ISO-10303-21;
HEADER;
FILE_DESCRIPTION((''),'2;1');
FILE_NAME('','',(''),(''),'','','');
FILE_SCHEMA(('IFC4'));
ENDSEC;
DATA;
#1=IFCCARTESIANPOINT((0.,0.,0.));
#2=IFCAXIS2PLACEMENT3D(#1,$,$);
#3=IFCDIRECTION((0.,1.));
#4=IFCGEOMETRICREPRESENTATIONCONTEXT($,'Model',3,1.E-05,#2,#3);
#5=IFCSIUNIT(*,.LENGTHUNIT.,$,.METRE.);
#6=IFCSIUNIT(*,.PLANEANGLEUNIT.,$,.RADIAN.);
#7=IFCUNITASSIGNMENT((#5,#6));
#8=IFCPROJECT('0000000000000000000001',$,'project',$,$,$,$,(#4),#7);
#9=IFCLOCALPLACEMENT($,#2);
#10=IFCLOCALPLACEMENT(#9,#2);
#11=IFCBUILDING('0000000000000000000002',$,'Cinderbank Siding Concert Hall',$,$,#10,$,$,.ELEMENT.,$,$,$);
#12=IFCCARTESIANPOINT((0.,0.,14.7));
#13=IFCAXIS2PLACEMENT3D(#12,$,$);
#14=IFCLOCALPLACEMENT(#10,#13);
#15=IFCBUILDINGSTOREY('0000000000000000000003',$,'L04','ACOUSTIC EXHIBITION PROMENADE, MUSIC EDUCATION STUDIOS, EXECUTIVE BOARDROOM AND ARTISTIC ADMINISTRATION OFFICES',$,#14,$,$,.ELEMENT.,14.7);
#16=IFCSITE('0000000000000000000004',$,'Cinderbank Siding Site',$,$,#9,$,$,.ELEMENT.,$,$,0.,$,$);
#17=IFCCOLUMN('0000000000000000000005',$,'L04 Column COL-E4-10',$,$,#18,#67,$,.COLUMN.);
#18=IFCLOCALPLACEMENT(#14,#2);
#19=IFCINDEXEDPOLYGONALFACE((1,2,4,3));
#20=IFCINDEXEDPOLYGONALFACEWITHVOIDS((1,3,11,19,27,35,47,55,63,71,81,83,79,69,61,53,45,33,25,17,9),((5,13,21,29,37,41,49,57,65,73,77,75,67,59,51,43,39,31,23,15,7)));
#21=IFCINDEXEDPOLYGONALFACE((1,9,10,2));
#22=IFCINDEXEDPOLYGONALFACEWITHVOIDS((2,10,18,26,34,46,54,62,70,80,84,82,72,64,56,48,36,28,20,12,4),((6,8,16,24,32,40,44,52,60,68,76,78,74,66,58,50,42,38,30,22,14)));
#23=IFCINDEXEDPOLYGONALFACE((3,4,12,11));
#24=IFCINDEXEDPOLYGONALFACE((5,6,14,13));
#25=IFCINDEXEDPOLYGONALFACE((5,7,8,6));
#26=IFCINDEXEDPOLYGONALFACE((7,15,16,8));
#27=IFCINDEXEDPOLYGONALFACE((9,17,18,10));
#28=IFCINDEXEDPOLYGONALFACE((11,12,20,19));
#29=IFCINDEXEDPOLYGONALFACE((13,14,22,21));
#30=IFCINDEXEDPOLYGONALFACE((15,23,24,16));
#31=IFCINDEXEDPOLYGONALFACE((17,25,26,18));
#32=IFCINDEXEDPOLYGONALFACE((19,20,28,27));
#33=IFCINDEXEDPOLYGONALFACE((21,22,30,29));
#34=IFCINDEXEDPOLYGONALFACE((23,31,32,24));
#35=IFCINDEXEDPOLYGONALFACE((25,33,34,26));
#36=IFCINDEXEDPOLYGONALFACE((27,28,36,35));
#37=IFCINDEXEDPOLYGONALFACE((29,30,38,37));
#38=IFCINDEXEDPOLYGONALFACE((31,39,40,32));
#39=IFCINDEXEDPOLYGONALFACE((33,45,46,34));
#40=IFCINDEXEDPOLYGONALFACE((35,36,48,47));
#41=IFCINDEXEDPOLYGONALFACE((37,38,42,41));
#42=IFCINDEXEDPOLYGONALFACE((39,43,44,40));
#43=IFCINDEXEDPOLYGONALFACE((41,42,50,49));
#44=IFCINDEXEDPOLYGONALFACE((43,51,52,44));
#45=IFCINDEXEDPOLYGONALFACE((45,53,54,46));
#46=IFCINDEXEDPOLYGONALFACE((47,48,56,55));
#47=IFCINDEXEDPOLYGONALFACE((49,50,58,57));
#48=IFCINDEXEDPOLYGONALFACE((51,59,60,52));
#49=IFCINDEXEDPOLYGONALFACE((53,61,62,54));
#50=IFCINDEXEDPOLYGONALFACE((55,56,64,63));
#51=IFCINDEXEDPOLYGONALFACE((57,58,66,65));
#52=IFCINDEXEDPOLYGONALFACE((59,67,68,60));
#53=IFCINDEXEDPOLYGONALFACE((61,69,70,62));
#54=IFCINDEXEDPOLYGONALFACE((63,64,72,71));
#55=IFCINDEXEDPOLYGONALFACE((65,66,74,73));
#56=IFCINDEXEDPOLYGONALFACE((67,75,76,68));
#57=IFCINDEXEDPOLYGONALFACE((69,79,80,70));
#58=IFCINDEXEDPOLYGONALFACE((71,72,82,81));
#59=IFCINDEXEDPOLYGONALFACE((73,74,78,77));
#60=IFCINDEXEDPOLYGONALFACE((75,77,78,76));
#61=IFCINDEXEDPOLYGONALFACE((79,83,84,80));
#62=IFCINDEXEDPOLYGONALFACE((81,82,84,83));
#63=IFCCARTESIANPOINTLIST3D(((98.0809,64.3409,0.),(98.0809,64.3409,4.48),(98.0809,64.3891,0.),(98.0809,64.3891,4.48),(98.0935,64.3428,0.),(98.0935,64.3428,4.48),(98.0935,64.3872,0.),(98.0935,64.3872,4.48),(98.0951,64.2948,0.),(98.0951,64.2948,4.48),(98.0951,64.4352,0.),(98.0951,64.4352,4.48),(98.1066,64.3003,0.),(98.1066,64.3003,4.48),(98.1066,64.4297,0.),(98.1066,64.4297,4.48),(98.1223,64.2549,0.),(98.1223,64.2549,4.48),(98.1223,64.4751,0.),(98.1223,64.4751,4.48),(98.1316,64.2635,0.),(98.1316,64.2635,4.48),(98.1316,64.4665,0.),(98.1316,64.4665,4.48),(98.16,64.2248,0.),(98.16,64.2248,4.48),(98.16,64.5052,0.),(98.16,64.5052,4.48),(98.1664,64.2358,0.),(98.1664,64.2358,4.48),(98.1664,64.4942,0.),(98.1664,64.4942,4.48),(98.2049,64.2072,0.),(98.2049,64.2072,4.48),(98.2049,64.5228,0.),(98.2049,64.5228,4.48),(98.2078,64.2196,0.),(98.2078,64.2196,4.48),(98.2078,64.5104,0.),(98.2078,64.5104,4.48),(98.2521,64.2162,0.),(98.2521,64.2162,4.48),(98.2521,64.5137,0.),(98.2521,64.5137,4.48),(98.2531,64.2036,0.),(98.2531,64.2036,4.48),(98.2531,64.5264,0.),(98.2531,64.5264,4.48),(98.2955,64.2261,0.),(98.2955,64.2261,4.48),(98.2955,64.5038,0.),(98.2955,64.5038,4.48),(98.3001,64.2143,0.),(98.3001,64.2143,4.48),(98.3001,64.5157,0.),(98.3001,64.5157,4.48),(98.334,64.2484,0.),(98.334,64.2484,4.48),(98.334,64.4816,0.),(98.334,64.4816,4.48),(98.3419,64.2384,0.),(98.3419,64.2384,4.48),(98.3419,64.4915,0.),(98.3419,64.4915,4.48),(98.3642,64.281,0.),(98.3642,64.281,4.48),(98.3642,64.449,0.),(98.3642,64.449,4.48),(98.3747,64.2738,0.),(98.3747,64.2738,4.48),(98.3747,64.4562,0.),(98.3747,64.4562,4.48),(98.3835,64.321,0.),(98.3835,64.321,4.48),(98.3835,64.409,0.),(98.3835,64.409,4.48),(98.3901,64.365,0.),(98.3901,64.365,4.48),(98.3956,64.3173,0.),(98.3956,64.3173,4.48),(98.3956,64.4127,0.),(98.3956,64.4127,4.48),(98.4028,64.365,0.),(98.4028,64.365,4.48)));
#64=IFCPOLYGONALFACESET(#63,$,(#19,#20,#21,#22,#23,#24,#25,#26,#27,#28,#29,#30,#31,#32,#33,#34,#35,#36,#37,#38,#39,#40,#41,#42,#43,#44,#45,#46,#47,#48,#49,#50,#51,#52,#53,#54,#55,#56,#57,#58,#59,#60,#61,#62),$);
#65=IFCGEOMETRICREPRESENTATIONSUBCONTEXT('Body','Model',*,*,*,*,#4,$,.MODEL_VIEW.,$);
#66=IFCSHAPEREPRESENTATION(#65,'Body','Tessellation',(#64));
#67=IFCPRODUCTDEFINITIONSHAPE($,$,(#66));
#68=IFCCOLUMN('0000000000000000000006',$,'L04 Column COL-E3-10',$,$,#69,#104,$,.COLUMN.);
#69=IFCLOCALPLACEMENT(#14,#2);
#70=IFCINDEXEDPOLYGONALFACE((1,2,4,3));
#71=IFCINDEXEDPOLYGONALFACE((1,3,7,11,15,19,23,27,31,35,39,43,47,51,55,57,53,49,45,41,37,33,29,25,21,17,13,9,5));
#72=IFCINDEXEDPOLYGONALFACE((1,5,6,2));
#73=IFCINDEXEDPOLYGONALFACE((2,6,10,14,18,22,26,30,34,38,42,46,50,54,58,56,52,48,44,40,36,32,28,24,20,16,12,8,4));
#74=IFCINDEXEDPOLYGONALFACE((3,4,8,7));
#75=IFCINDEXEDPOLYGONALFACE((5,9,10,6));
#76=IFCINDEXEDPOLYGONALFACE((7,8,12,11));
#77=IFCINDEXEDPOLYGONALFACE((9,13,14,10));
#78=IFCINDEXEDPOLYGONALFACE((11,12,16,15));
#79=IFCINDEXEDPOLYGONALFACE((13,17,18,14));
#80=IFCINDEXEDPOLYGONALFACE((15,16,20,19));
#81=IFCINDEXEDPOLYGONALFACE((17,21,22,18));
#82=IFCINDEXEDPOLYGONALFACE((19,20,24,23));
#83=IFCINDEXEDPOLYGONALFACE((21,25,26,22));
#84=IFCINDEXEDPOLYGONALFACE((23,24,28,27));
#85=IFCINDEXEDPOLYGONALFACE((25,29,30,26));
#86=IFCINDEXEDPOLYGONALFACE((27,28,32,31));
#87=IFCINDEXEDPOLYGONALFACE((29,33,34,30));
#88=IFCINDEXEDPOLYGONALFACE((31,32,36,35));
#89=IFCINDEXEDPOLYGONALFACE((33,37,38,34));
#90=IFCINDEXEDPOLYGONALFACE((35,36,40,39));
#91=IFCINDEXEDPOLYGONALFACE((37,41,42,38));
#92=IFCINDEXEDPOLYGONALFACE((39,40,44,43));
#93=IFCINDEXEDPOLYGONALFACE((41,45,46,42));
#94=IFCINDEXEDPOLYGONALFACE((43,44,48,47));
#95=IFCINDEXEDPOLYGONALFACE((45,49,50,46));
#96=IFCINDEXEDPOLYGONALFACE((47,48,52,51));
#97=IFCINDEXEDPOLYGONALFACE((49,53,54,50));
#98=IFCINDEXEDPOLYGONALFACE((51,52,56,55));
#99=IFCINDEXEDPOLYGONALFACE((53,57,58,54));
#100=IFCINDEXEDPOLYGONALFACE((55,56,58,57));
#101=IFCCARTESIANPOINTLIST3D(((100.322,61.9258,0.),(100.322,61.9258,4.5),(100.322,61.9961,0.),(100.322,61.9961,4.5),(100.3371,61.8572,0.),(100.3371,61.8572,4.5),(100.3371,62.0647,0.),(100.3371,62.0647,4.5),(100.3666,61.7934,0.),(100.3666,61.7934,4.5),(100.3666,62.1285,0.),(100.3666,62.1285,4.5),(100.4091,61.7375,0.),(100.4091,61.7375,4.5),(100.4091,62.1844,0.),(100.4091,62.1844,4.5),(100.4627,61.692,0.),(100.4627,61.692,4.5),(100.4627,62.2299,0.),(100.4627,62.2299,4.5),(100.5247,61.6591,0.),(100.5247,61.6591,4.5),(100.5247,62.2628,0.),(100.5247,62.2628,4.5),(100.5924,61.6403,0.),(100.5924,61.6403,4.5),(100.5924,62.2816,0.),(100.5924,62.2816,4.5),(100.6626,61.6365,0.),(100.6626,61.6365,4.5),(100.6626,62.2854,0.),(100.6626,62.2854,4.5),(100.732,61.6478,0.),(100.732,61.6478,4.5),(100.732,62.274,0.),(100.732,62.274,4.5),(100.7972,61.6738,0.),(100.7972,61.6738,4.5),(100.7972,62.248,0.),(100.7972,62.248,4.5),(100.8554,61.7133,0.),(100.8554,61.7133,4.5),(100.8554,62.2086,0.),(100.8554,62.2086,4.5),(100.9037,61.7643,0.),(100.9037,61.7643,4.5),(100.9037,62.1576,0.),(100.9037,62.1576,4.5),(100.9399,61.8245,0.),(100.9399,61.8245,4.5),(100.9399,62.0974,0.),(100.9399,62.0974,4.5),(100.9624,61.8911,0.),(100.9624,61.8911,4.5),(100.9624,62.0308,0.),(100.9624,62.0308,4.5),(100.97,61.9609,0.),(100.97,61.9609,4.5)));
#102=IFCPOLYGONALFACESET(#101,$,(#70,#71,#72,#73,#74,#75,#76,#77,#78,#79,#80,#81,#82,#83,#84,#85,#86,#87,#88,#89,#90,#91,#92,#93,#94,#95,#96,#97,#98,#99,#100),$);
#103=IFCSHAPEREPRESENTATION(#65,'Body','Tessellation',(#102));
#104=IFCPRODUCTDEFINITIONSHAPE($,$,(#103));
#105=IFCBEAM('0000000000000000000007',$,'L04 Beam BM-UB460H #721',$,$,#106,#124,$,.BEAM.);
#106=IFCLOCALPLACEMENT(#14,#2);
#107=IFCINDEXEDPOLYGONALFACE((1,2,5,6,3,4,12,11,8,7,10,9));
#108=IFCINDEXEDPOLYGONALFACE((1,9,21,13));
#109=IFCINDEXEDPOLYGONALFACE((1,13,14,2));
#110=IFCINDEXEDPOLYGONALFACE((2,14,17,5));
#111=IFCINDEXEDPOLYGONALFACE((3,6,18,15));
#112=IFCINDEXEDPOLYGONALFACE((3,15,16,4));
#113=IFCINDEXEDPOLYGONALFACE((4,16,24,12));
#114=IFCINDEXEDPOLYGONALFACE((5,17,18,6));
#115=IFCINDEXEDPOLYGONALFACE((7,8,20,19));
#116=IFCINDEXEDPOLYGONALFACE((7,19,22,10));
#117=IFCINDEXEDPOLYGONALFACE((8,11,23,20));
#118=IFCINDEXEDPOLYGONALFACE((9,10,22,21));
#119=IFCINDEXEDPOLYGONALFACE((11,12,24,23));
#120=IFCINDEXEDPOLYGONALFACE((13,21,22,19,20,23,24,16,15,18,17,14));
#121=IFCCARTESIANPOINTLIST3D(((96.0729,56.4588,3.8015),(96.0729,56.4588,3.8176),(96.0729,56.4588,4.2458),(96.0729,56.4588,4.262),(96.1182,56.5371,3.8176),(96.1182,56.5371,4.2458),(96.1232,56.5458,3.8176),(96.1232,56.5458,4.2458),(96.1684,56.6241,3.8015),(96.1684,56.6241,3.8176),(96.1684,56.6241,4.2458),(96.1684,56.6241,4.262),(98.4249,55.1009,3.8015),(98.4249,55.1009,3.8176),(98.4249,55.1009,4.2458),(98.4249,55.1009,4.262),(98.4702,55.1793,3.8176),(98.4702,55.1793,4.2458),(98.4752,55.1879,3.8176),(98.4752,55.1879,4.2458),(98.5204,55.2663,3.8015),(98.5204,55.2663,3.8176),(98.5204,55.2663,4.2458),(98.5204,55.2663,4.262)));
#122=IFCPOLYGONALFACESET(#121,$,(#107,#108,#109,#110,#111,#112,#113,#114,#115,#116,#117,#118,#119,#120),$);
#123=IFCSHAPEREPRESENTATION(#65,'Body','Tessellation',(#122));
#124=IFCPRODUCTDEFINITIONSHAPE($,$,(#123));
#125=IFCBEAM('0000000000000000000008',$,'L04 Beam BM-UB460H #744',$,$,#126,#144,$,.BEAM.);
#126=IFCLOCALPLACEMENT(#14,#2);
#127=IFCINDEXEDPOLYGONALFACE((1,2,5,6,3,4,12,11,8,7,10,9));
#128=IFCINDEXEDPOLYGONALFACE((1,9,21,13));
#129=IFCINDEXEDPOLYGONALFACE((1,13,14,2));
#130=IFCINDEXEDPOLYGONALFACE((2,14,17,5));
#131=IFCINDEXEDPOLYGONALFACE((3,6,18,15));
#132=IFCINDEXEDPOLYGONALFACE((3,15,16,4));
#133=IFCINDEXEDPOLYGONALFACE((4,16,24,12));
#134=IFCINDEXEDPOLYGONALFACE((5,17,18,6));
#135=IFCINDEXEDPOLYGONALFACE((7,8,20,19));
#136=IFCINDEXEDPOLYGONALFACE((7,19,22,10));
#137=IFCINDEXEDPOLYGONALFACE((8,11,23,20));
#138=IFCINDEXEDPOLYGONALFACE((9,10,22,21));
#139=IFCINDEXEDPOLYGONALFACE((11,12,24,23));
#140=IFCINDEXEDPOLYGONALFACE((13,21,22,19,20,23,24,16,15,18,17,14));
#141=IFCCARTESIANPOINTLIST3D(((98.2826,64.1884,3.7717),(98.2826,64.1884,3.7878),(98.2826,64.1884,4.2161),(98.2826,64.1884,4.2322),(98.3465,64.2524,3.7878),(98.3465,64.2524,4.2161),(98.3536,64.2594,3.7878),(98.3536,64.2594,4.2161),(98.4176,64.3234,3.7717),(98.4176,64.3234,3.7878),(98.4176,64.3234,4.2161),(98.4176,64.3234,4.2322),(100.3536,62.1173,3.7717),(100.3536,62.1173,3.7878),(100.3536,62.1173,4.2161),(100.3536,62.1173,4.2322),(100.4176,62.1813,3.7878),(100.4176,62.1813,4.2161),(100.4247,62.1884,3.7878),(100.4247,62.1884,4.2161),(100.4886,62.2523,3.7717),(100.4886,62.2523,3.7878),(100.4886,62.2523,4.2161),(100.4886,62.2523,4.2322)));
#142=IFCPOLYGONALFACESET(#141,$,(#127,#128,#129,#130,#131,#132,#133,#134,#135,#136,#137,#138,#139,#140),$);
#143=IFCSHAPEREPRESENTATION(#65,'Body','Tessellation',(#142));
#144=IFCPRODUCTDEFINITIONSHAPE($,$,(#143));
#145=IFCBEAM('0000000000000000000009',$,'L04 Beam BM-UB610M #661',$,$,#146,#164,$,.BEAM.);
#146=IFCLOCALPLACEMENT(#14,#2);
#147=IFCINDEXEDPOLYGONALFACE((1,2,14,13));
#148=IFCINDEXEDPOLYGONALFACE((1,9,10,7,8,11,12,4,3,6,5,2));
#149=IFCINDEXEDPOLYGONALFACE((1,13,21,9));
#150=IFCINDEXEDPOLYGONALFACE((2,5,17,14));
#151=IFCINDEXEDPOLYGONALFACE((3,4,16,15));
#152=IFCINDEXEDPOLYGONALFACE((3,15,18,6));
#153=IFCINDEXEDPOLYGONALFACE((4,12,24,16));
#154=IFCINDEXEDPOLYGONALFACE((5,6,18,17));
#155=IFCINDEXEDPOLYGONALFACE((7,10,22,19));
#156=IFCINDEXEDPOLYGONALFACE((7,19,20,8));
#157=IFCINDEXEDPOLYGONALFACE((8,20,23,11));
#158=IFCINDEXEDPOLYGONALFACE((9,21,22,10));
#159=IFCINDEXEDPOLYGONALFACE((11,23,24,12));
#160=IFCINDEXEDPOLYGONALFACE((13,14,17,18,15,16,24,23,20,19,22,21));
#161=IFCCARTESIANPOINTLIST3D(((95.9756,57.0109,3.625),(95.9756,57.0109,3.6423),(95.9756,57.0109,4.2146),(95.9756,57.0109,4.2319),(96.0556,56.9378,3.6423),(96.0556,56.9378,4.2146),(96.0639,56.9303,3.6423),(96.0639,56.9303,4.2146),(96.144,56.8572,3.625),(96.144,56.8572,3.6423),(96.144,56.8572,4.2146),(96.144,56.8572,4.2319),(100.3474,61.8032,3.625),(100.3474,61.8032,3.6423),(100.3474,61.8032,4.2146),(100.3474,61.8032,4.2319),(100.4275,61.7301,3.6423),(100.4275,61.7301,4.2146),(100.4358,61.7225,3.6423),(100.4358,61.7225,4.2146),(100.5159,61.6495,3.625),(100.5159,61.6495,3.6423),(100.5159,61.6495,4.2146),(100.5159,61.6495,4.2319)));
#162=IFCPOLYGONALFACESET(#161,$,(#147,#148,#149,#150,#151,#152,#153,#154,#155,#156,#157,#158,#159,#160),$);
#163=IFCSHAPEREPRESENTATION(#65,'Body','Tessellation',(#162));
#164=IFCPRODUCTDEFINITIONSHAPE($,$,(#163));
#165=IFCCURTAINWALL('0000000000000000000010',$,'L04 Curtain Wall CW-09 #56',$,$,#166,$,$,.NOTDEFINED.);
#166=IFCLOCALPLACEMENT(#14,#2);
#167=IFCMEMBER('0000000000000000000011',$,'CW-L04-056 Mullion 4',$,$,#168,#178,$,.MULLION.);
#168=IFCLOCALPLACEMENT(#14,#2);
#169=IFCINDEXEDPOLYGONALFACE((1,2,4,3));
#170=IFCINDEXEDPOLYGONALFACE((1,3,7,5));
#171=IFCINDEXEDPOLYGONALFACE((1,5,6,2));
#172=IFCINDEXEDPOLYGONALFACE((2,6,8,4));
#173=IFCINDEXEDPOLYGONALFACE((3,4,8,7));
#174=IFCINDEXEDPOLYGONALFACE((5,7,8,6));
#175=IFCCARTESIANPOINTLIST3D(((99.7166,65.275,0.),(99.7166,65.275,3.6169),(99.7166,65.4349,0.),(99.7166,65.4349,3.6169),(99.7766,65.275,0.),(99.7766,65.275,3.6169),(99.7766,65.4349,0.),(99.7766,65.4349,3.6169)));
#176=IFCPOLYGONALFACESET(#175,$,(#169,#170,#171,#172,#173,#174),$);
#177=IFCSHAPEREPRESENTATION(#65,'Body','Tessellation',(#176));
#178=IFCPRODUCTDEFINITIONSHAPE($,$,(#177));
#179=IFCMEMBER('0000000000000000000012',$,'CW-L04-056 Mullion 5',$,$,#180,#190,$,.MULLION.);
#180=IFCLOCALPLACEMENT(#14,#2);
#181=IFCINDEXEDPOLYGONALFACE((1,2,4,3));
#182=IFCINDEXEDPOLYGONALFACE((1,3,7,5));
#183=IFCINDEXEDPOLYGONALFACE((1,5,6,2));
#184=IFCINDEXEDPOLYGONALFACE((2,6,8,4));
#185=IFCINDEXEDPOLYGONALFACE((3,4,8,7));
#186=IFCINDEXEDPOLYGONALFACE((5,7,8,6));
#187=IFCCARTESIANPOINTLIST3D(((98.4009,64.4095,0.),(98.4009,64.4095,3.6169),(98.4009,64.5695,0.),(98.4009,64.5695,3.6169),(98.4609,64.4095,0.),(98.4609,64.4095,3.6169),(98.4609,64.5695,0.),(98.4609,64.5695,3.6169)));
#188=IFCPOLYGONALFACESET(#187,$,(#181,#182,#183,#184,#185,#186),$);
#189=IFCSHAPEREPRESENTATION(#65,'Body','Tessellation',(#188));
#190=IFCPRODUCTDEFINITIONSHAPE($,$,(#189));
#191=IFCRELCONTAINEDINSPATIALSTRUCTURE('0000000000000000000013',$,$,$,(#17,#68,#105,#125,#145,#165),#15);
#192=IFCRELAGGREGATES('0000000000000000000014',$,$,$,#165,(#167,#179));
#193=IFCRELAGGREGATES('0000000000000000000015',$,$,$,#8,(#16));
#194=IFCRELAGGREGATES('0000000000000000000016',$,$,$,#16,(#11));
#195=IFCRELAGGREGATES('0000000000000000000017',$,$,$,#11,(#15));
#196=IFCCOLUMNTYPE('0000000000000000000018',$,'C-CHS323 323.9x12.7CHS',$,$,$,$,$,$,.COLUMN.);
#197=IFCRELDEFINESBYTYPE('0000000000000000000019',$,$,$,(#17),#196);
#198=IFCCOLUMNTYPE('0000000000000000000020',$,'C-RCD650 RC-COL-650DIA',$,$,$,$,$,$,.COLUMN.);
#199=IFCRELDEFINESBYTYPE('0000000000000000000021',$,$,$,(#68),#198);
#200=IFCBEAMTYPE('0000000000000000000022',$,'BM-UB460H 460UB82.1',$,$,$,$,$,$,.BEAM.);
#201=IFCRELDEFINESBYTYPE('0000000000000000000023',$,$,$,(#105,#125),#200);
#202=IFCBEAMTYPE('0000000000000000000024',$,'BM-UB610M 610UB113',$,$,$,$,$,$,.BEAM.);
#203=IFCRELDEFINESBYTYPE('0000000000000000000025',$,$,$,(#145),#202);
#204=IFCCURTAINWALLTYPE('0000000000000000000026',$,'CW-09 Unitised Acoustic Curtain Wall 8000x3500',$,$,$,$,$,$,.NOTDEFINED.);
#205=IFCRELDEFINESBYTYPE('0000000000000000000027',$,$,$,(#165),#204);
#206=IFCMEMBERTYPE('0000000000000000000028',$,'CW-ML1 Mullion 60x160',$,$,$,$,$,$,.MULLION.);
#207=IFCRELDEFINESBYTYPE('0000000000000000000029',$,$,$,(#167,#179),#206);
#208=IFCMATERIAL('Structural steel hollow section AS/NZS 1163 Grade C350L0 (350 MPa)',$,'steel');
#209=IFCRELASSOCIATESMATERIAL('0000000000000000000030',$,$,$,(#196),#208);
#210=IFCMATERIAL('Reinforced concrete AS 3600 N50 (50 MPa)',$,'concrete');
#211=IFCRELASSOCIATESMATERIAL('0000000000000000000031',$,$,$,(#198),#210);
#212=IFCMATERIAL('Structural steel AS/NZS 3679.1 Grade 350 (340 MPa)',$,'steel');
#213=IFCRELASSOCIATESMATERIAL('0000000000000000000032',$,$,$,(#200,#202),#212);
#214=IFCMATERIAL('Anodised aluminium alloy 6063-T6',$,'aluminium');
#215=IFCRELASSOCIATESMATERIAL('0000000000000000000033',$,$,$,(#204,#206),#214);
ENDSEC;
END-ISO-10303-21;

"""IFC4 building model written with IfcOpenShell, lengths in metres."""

from ifc_helpers import new_model, si_unit, direction, frame, origin, origin_2d, place, context, subcontext, project, spatial, rectangle, circle, hollow_circle, i_section, extrude, material, material_profile, profile_set, type_object, element, aggregate, save


model = new_model("IFC4")

# Units and contexts
model_context = context("Model", 3, precision=1e-05, world=origin(), true_north=direction((0.0, 1.0)))
body_context = subcontext(model_context, "Body", "Model", "MODEL_VIEW")
ifc_project = project(units=[si_unit("LENGTHUNIT", "METRE"), si_unit("PLANEANGLEUNIT", "RADIAN")], contexts=[model_context])

# Site, building, storey
site_placement = place(None, origin())
site = spatial("IfcSite", under=ifc_project, at=site_placement, Name="Cinderbank Siding Site", CompositionType="ELEMENT", RefElevation=0.0)
building_placement = place(site_placement, origin())
building = spatial("IfcBuilding", under=site, at=building_placement, Name="Cinderbank Siding Concert Hall", CompositionType="ELEMENT")
storey_placement = place(building_placement, frame((0.0, 0.0, 14.7)))
storey = spatial("IfcBuildingStorey", under=building, at=storey_placement, Name="L04", Description="ACOUSTIC EXHIBITION PROMENADE, MUSIC EDUCATION STUDIOS, EXECUTIVE BOARDROOM AND ARTISTIC ADMINISTRATION OFFICES", CompositionType="ELEMENT", Elevation=14.7)

# Columns
ifc_material_1 = material(Name="Structural steel hollow section AS/NZS 1163 Grade C350L0 (350 MPa)", Category="steel")
ifc_material_profile_1 = material_profile(ifc_material_1, hollow_circle(Radius=0.1619, WallThickness=0.0127, at=origin_2d()), Name="323.9x12.7CHS", Category="LoadBearing")
ifc_profile_set_1 = profile_set([ifc_material_profile_1], Name="Structural steel hollow section AS/NZS 1163 Grade C350L0 (350 MPa)")
column_type_1 = type_object("IfcColumnType", Name="C-CHS323 323.9x12.7CHS", PredefinedType="COLUMN", material=ifc_profile_set_1)
column_1_placement = place(storey_placement, frame((98.241, 64.365, 0.0), z_axis=(0.0, 0.0, 1.0), x_axis=(1.0, 0.0, 0.0)))
element("IfcColumn", 1, at=column_1_placement, inside=storey, type_object=column_type_1, Name="L04 Column COL-E4-10", PredefinedType="COLUMN", context=body_context, shape_type="SweptSolid", body=[
    extrude(hollow_circle(Radius=0.1619, WallThickness=0.0127, at=origin_2d()), origin(), (0.0, 0.0, 1.0), 4.48),
])
ifc_material_2 = material(Name="Reinforced concrete AS 3600 N50 (50 MPa)", Category="concrete")
ifc_material_profile_2 = material_profile(ifc_material_2, circle(Radius=0.325, at=origin_2d()), Name="RC-COL-650DIA", Category="LoadBearing")
ifc_profile_set_2 = profile_set([ifc_material_profile_2], Name="Reinforced concrete AS 3600 N50 (50 MPa)")
column_type_2 = type_object("IfcColumnType", Name="C-RCD650 RC-COL-650DIA", PredefinedType="COLUMN", material=ifc_profile_set_2)
column_2_placement = place(storey_placement, frame((100.645, 61.9609, 0.0), z_axis=(0.0, 0.0, 1.0), x_axis=(1.0, 0.0, 0.0)))
element("IfcColumn", 2, at=column_2_placement, inside=storey, type_object=column_type_2, Name="L04 Column COL-E3-10", PredefinedType="COLUMN", context=body_context, shape_type="SweptSolid", body=[
    extrude(circle(Radius=0.325, at=origin_2d()), origin(), (0.0, 0.0, 1.0), 4.5),
])

# Beams
ifc_material_3 = material(Name="Structural steel AS/NZS 3679.1 Grade 350 (340 MPa)", Category="steel")
ifc_material_profile_3 = material_profile(ifc_material_3, i_section(OverallWidth=0.1909, OverallDepth=0.4604, WebThickness=0.01, FlangeThickness=0.0161, at=origin_2d()), Name="460UB82.1", Category="LoadBearing")
ifc_profile_set_3 = profile_set([ifc_material_profile_3], Name="Structural steel AS/NZS 3679.1 Grade 350 (340 MPa)")
beam_type_1 = type_object("IfcBeamType", Name="BM-UB460H 460UB82.1", PredefinedType="BEAM", material=ifc_profile_set_3)
beam_1_placement = place(storey_placement, frame((98.4727, 55.1836, 4.0317), z_axis=(-0.866033, 0.499987, 0.0), x_axis=(-0.499987, -0.866033, 0.0)))
element("IfcBeam", 3, at=beam_1_placement, inside=storey, type_object=beam_type_1, Name="L04 Beam BM-UB460H #721", PredefinedType="BEAM", context=body_context, shape_type="SweptSolid", body=[
    extrude(i_section(OverallWidth=0.1909, OverallDepth=0.4604, WebThickness=0.01, FlangeThickness=0.0161, at=origin_2d()), origin(), (0.0, 0.0, 1.0), 2.7158),
])
beam_2_placement = place(storey_placement, frame((100.4211, 62.1848, 4.002), z_axis=(-0.707107, 0.707107, 0.0), x_axis=(-0.707107, -0.707107, 0.0)))
element("IfcBeam", 4, at=beam_2_placement, inside=storey, type_object=beam_type_1, Name="L04 Beam BM-UB460H #744", PredefinedType="BEAM", context=body_context, shape_type="SweptSolid", body=[
    extrude(i_section(OverallWidth=0.1909, OverallDepth=0.4604, WebThickness=0.01, FlangeThickness=0.0161, at=origin_2d()), origin(), (0.0, 0.0, 1.0), 2.929),
])
ifc_material_profile_4 = material_profile(ifc_material_3, i_section(OverallWidth=0.228, OverallDepth=0.6069, WebThickness=0.0112, FlangeThickness=0.0173, at=origin_2d()), Name="610UB113", Category="LoadBearing")
ifc_profile_set_4 = profile_set([ifc_material_profile_4], Name="Structural steel AS/NZS 3679.1 Grade 350 (340 MPa)")
beam_type_2 = type_object("IfcBeamType", Name="BM-UB610M 610UB113", PredefinedType="BEAM", material=ifc_profile_set_4)
beam_3_placement = place(storey_placement, frame((100.4316, 61.7263, 3.9285), z_axis=(-0.673959, -0.738769, 0.0), x_axis=(0.738769, -0.673959, 0.0)))
element("IfcBeam", 5, at=beam_3_placement, inside=storey, type_object=beam_type_2, Name="L04 Beam BM-UB610M #661", PredefinedType="BEAM", context=body_context, shape_type="SweptSolid", body=[
    extrude(i_section(OverallWidth=0.228, OverallDepth=0.6069, WebThickness=0.0112, FlangeThickness=0.0173, at=origin_2d()), origin(), (0.0, 0.0, 1.0), 6.4868),
])

# Curtain wall, members
ifc_material_4 = material(Name="Anodised aluminium alloy 6063-T6", Category="aluminium")
curtain_wall_type_1 = type_object("IfcCurtainWallType", Name="CW-09 Unitised Acoustic Curtain Wall 8000x3500", PredefinedType="NOTDEFINED", material=ifc_material_4)
curtain_wall_1_placement = place(storey_placement, origin())
curtain_wall_1 = element("IfcCurtainWall", 6, at=curtain_wall_1_placement, inside=storey, type_object=curtain_wall_type_1, Name="L04 Curtain Wall CW-09 #56", PredefinedType="NOTDEFINED")
ifc_material_profile_5 = material_profile(ifc_material_4, rectangle(XDim=0.0601, YDim=0.1599, at=origin_2d()), Name="ALU-MULL-60x160", Category="LoadBearing")
ifc_profile_set_5 = profile_set([ifc_material_profile_5], Name="Anodised aluminium alloy 6063-T6")
member_type_1 = type_object("IfcMemberType", Name="CW-ML1 Mullion 60x160", PredefinedType="MULLION", material=ifc_profile_set_5)
member_1_placement = place(storey_placement, frame((99.7466, 65.355, 0.0), z_axis=(0.0, 0.0, 1.0), x_axis=(1.0, 0.0, 0.0)))
member_1 = element("IfcMember", 7, at=member_1_placement, type_object=member_type_1, Name="CW-L04-056 Mullion 4", PredefinedType="MULLION", context=body_context, shape_type="SweptSolid", body=[
    extrude(rectangle(XDim=0.0601, YDim=0.1599, at=origin_2d()), origin(), (0.0, 0.0, 1.0), 3.6169),
])
member_2_placement = place(storey_placement, frame((98.4309, 64.4895, 0.0), z_axis=(0.0, 0.0, 1.0), x_axis=(1.0, 0.0, 0.0)))
member_2 = element("IfcMember", 8, at=member_2_placement, type_object=member_type_1, Name="CW-L04-056 Mullion 5", PredefinedType="MULLION", context=body_context, shape_type="SweptSolid", body=[
    extrude(rectangle(XDim=0.0601, YDim=0.1599, at=origin_2d()), origin(), (0.0, 0.0, 1.0), 3.6169),
])

aggregate(curtain_wall_1, [member_1, member_2])

save(model, "model.ifc")
